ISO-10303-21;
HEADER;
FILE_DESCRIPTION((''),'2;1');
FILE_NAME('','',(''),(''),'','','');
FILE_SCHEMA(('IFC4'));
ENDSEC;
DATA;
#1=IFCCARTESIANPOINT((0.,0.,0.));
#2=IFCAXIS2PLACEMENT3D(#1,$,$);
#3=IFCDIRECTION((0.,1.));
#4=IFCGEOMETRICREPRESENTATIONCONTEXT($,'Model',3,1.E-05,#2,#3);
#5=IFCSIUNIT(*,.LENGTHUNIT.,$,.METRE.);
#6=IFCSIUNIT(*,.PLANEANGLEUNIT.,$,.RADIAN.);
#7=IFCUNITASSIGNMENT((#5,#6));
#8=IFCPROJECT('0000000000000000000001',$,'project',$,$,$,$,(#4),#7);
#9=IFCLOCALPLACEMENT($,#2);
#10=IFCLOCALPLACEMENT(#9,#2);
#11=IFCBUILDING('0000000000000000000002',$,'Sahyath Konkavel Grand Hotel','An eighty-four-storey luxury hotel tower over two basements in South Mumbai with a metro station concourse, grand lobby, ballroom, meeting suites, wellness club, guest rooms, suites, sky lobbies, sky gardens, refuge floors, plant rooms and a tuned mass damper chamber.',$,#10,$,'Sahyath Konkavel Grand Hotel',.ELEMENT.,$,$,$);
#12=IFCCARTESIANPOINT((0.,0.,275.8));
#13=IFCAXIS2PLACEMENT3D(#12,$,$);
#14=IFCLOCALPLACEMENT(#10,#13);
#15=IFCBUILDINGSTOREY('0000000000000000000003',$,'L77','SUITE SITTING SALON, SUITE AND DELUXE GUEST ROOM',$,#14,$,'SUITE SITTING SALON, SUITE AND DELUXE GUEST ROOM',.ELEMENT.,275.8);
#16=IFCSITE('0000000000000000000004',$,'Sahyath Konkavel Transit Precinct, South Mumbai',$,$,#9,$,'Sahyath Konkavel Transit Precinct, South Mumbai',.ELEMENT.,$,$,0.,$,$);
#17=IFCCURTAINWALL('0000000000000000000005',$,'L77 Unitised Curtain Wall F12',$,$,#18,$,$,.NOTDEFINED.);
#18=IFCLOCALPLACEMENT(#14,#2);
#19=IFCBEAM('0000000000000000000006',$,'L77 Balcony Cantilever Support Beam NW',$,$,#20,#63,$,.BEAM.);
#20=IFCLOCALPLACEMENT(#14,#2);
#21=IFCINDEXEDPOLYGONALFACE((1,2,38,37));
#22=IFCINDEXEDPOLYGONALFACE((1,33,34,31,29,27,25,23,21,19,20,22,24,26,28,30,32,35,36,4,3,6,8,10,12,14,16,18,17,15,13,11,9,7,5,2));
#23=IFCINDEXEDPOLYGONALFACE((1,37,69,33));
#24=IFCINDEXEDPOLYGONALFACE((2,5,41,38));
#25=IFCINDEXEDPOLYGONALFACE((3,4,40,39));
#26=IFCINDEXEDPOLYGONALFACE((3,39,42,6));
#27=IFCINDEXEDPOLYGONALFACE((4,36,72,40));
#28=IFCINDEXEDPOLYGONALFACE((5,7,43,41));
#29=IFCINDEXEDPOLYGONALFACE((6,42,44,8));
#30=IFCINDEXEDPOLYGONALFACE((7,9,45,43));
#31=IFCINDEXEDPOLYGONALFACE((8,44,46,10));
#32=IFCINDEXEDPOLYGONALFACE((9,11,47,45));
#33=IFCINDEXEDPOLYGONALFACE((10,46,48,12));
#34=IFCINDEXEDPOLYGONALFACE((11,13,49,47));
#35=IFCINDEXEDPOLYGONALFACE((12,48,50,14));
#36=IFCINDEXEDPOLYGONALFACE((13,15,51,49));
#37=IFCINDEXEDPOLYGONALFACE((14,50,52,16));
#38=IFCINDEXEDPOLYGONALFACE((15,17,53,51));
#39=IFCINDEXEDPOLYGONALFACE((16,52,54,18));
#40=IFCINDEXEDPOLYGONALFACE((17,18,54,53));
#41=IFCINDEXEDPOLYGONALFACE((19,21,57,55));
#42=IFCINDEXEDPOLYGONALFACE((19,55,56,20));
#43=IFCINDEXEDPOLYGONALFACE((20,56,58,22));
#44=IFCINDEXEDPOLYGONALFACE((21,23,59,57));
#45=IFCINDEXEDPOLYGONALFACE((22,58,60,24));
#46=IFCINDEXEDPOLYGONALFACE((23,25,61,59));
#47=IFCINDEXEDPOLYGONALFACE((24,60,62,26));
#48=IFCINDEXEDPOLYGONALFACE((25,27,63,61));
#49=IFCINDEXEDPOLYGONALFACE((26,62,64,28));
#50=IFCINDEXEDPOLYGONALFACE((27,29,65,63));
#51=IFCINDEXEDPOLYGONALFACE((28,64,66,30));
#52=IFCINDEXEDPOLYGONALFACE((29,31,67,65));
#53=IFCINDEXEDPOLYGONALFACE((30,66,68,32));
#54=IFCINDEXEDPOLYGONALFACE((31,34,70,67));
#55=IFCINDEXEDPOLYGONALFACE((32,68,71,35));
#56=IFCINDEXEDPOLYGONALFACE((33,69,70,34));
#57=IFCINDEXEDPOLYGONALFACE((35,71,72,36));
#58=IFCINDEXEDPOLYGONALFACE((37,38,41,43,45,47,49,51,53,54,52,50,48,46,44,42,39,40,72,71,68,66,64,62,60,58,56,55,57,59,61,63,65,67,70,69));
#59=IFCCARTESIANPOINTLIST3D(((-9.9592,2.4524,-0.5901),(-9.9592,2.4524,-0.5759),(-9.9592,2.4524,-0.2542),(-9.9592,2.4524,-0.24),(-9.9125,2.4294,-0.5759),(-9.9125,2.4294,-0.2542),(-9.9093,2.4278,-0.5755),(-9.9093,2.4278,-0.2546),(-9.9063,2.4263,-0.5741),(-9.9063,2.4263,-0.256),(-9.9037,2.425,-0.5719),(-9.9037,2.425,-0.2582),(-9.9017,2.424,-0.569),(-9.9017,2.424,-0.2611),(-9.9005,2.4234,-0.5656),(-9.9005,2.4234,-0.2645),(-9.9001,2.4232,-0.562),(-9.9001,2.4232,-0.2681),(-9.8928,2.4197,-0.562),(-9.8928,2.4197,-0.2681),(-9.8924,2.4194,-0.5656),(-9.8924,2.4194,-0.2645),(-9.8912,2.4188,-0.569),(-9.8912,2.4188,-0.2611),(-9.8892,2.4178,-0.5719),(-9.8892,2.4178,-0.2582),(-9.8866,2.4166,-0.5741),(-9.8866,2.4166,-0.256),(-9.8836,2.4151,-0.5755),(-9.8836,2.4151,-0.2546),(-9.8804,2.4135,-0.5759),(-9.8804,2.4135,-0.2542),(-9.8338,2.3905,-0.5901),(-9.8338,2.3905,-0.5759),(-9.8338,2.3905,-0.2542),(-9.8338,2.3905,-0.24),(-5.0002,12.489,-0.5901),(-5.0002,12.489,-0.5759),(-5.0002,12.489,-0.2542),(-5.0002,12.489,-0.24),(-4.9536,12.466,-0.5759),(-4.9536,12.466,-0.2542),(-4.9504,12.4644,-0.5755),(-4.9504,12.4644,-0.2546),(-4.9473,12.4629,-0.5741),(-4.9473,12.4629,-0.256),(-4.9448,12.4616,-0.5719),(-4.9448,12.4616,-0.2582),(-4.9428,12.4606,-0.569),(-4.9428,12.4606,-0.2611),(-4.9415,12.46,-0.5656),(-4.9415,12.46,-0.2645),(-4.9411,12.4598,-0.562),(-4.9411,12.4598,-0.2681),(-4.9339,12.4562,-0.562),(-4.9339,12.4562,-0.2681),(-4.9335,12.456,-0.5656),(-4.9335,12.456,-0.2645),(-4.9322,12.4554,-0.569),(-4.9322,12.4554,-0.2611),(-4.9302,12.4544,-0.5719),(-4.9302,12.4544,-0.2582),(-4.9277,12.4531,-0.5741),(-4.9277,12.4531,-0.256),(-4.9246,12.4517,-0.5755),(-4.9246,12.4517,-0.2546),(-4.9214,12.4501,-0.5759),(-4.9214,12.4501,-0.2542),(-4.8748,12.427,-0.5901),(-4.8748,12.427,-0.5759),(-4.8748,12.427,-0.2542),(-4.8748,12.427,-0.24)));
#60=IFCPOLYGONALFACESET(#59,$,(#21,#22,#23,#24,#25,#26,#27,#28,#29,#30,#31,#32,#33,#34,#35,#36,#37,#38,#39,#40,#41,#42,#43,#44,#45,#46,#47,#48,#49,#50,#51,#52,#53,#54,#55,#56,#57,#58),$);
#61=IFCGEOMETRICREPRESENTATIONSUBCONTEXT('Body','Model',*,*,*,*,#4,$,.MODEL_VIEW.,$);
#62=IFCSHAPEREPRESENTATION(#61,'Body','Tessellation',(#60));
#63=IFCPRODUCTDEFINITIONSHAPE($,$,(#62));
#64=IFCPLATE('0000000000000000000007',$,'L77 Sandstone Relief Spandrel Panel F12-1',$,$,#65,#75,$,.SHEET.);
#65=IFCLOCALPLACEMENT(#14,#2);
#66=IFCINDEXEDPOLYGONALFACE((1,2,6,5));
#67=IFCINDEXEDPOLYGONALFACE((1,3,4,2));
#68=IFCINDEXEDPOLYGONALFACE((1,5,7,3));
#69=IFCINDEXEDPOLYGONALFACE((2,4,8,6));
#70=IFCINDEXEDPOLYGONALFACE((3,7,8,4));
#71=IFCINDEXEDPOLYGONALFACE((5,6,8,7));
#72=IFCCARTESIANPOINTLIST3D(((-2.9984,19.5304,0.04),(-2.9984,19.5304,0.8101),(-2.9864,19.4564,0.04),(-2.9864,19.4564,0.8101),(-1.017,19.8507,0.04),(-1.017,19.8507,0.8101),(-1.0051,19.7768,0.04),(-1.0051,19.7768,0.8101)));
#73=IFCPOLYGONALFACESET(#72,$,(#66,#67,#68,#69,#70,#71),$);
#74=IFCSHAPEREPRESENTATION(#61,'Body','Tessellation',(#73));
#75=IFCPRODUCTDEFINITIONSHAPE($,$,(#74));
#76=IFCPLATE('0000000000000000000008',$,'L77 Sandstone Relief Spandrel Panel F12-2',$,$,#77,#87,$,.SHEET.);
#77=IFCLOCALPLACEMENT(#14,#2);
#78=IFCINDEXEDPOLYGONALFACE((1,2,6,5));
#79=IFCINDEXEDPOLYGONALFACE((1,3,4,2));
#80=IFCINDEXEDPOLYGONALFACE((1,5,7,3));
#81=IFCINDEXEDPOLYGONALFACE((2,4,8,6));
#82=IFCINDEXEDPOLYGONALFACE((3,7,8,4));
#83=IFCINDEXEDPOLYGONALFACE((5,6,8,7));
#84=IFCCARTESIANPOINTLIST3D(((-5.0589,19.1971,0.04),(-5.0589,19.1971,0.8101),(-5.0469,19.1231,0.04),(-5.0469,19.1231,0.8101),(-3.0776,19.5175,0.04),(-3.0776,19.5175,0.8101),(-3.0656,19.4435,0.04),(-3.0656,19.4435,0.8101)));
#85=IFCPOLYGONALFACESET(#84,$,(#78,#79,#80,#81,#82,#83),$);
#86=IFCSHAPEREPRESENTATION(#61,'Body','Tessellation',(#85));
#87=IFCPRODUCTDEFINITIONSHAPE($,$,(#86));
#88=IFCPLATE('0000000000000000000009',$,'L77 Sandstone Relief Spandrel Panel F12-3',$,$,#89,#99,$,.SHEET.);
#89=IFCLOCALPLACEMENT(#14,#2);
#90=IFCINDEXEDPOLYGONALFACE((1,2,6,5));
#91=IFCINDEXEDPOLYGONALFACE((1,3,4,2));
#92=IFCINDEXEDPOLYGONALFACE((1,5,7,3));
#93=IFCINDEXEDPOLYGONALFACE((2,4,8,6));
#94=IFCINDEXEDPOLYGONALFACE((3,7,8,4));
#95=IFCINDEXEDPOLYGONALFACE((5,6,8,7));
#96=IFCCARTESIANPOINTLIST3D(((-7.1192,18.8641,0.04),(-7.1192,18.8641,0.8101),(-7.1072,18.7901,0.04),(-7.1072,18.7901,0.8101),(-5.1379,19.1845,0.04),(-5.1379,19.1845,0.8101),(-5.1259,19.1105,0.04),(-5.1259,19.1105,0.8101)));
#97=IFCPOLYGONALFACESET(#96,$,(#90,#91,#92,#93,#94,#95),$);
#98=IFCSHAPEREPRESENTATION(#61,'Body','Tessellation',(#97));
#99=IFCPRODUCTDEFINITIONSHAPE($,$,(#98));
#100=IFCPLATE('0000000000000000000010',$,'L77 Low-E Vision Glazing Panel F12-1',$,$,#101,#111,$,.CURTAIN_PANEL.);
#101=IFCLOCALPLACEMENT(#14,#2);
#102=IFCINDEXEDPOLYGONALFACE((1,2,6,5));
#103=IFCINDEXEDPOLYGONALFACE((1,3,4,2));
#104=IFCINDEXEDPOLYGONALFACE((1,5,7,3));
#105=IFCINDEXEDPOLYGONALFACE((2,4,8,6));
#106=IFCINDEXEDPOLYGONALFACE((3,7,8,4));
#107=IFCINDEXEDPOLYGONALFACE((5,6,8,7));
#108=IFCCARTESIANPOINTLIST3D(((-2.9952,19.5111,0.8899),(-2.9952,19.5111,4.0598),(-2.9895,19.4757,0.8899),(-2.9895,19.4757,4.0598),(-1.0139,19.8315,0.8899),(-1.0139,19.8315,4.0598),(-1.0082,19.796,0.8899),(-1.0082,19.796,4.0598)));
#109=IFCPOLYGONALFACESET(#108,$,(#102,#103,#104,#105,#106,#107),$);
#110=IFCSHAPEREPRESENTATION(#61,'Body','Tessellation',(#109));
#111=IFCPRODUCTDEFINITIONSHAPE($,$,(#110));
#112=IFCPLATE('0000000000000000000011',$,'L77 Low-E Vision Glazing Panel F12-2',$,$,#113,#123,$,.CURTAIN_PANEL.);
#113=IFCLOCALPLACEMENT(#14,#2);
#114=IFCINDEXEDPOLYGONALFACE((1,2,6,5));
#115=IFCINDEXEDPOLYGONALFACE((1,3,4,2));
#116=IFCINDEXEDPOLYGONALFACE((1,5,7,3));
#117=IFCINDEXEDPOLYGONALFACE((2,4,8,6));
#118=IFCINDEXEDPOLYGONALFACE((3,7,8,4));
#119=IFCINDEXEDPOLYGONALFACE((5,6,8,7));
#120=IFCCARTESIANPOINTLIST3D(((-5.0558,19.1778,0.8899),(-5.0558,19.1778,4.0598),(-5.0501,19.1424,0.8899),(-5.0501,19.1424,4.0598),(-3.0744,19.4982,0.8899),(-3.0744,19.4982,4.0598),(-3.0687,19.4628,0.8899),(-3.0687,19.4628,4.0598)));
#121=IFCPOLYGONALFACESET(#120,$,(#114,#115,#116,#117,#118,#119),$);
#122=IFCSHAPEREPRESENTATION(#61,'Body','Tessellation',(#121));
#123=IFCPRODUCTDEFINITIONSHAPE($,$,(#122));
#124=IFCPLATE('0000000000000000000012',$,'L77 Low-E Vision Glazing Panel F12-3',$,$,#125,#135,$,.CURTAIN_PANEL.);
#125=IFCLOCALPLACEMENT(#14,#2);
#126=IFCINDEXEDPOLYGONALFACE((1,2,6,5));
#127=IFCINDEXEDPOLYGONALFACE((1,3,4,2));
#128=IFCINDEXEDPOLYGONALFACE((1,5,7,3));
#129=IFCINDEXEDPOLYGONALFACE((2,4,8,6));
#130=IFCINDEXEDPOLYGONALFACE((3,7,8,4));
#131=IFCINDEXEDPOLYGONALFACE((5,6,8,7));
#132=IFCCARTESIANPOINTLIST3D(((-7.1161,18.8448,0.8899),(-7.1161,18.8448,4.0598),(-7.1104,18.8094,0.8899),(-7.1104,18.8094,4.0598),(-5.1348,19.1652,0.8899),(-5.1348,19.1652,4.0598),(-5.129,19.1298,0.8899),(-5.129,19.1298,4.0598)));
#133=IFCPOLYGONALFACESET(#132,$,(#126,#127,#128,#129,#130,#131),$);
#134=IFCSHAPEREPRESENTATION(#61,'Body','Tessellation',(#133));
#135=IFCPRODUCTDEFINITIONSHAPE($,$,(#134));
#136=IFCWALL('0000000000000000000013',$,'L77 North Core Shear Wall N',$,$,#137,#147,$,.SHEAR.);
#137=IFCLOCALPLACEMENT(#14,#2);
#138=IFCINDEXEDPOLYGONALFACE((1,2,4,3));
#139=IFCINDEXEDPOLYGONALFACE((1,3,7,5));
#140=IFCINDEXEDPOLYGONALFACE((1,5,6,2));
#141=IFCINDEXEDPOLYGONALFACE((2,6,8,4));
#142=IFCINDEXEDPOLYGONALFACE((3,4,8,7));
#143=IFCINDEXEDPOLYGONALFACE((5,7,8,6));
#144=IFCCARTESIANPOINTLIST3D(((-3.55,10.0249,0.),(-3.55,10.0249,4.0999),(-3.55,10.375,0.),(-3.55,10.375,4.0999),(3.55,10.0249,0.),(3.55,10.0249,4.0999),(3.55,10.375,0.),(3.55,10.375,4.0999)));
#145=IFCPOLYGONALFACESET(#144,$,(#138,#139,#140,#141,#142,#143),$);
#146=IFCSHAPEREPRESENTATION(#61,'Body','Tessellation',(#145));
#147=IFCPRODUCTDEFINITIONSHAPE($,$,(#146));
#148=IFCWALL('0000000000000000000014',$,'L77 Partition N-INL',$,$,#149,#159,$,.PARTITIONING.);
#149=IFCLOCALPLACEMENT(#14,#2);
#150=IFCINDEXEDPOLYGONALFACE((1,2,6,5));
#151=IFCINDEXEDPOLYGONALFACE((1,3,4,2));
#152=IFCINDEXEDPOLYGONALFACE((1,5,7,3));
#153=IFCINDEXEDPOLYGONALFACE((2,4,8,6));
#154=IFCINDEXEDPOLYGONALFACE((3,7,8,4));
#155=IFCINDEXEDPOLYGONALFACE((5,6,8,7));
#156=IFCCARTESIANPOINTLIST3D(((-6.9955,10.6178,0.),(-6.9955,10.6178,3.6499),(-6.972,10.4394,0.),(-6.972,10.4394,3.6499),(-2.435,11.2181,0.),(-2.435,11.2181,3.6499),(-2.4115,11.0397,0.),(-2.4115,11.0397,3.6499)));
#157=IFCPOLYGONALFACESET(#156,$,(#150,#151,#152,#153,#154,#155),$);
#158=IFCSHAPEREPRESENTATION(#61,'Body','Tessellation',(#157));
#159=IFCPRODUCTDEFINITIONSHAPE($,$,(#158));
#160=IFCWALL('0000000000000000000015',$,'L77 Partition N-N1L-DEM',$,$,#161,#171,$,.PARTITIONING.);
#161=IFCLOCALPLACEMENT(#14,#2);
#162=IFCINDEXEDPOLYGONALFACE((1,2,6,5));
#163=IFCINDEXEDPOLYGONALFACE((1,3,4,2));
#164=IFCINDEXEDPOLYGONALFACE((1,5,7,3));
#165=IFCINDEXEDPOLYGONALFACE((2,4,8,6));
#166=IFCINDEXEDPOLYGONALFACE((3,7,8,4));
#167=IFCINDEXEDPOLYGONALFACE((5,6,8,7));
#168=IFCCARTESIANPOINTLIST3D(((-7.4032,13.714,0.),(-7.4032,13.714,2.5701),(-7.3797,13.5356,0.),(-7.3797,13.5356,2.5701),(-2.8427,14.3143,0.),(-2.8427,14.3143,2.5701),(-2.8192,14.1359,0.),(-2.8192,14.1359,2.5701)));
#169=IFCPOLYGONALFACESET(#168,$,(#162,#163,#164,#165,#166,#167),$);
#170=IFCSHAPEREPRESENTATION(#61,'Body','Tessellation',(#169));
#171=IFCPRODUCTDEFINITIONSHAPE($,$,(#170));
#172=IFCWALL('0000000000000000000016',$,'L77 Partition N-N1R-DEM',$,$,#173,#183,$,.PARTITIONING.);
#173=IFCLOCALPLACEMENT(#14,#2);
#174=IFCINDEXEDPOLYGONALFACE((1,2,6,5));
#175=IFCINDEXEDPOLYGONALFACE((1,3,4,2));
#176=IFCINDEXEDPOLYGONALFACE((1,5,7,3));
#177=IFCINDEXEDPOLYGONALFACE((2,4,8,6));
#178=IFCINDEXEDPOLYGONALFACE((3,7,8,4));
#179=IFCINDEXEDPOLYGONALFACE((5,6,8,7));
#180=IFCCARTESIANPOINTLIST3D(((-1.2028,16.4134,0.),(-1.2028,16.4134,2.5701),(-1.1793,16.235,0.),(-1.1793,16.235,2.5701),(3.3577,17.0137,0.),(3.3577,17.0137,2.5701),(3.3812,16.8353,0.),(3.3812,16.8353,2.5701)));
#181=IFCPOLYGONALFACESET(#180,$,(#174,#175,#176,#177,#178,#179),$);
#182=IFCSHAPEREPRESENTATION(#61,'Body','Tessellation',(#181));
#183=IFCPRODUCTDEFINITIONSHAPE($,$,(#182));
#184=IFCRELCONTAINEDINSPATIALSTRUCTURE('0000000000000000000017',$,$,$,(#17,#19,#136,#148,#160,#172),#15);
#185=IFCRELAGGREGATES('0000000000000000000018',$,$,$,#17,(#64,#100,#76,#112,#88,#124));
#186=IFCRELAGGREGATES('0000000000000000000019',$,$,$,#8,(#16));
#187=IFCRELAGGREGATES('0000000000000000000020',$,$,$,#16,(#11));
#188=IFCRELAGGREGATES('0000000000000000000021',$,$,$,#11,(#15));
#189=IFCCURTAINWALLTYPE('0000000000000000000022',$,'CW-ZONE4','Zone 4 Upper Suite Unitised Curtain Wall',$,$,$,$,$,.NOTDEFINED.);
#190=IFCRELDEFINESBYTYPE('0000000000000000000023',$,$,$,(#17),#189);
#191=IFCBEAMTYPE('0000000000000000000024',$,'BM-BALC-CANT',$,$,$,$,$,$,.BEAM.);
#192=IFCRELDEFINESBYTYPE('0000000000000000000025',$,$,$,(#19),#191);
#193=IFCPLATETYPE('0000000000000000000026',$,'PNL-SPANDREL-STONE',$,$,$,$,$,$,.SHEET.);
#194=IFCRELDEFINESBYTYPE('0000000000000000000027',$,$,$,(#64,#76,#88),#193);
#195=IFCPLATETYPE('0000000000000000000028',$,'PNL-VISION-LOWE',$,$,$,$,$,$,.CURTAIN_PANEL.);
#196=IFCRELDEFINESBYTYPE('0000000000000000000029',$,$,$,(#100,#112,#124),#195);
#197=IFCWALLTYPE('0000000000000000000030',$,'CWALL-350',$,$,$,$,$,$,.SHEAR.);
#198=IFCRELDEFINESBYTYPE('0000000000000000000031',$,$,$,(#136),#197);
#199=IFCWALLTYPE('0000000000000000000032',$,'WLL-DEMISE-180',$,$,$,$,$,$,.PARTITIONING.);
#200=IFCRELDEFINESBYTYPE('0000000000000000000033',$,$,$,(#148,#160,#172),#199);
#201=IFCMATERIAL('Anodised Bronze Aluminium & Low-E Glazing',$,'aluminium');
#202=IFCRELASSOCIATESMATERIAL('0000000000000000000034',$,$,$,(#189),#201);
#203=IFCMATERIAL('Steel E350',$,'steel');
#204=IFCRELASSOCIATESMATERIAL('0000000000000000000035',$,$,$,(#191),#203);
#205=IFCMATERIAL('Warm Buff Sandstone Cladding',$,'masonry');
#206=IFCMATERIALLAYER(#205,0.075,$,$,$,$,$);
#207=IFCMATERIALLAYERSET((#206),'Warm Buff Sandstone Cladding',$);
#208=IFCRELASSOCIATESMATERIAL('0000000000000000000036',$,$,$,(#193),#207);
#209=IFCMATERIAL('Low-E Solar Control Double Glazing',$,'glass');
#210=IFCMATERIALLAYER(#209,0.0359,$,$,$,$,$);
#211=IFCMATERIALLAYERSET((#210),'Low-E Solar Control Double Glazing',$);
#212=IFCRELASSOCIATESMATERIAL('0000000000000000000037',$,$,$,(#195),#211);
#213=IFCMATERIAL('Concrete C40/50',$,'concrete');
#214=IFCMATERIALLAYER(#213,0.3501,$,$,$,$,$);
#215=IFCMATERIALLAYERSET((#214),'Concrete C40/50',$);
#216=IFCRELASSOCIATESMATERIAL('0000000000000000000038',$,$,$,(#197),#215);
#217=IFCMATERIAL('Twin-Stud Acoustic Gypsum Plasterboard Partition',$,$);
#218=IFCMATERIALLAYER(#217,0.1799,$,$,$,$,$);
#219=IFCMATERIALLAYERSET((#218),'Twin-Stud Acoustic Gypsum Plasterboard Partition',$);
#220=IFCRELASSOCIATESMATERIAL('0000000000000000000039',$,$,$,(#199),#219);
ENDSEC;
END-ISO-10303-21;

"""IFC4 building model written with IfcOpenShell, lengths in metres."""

from ifc_helpers import new_model, si_unit, direction, frame, frame_2d, origin, origin_2d, place, context, subcontext, project, spatial, rectangle, i_section, extrude, source, transform, mapped, material, layer, layer_set, material_profile, profile_set, type_object, element, aggregate, save


model = new_model("IFC4")

# Units and contexts
model_context = context("Model", 3, precision=1e-05, world=origin(), true_north=direction((0.0, 1.0)))
body_context = subcontext(model_context, "Body", "Model", "MODEL_VIEW")
ifc_project = project(units=[si_unit("LENGTHUNIT", "METRE"), si_unit("PLANEANGLEUNIT", "RADIAN")], contexts=[model_context])

# Site, building, storey
site_placement = place(None, origin())
site = spatial("IfcSite", under=ifc_project, at=site_placement, Name="Sahyath Konkavel Transit Precinct, South Mumbai", LongName="Sahyath Konkavel Transit Precinct, South Mumbai", CompositionType="ELEMENT", RefElevation=0.0)
building_placement = place(site_placement, origin())
building = spatial("IfcBuilding", under=site, at=building_placement, Name="Sahyath Konkavel Grand Hotel", Description="An eighty-four-storey luxury hotel tower over two basements in South Mumbai with a metro station concourse, grand lobby, ballroom, meeting suites, wellness club, guest rooms, suites, sky lobbies, sky gardens, refuge floors, plant rooms and a tuned mass damper chamber.", LongName="Sahyath Konkavel Grand Hotel", CompositionType="ELEMENT")
storey_placement = place(building_placement, frame((0.0, 0.0, 275.8)))
storey = spatial("IfcBuildingStorey", under=building, at=storey_placement, Name="L77", Description="SUITE SITTING SALON, SUITE AND DELUXE GUEST ROOM", LongName="SUITE SITTING SALON, SUITE AND DELUXE GUEST ROOM", CompositionType="ELEMENT", Elevation=275.8)

# Curtain wall
ifc_material_1 = material(Name="Anodised Bronze Aluminium & Low-E Glazing", Category="aluminium")
curtain_wall_type = type_object("IfcCurtainWallType", Name="CW-ZONE4", Description="Zone 4 Upper Suite Unitised Curtain Wall", PredefinedType="NOTDEFINED", material=ifc_material_1)
curtain_wall_placement = place(storey_placement, origin())
curtain_wall = element("IfcCurtainWall", 1, at=curtain_wall_placement, inside=storey, type_object=curtain_wall_type, Name="L77 Unitised Curtain Wall F12", PredefinedType="NOTDEFINED")

# Beam
ifc_material_2 = material(Name="Steel E350", Category="steel")
ifc_material_profile_1 = material_profile(ifc_material_2, i_section(OverallWidth=0.1399, OverallDepth=0.3501, WebThickness=0.0081, FlangeThickness=0.0142, FilletRadius=0.0139, at=origin_2d()), Name="ISMB 350")
ifc_profile_set_1 = profile_set([ifc_material_profile_1], Name="Steel E350")
beam_type_1 = type_object("IfcBeamType", Name="BM-BALC-CANT", PredefinedType="BEAM", material=ifc_profile_set_1)
shared_shape_1 = source(origin(), body_context, "Body", "SweptSolid", [
    extrude(i_section(OverallWidth=0.1399, OverallDepth=0.3501, WebThickness=0.0081, FlangeThickness=0.0142, FilletRadius=0.0139, at=origin_2d()), origin(), (0.0, 0.0, 1.0), 11.1948),
])
beam_1_placement = place(storey_placement, frame((-4.9375, 12.458, -0.415), z_axis=(-0.442969, -0.896537, 0.0), x_axis=(0.896537, -0.442969, 0.0)))
element("IfcBeam", 2, at=beam_1_placement, inside=storey, type_object=beam_type_1, Name="L77 Balcony Cantilever Support Beam NW", PredefinedType="BEAM", context=body_context, shape_type="MappedRepresentation", body=[
    mapped(shared_shape_1, transform((0.0, 0.0, 0.0), scale=1.0)),
])

# Plates
ifc_material_3 = material(Name="Warm Buff Sandstone Cladding", Category="masonry")
ifc_layer_1 = layer(ifc_material_3, 0.075)
ifc_layer_set_1 = layer_set([ifc_layer_1], Name="Warm Buff Sandstone Cladding")
plate_type_1 = type_object("IfcPlateType", Name="PNL-SPANDREL-STONE", PredefinedType="SHEET", material=ifc_layer_set_1)
shared_shape_2 = source(origin(), body_context, "Body", "SweptSolid", [
    extrude(rectangle(XDim=2.0071, YDim=0.075, at=origin_2d()), origin(), (0.0, 0.0, 1.0), 0.77),
])
plate_1_placement = place(storey_placement, frame((-2.0017, 19.6536, 0.04), z_axis=(0.0, 0.0, 1.0), x_axis=(-0.987178, -0.159623, 0.0)))
plate_1 = element("IfcPlate", 3, at=plate_1_placement, type_object=plate_type_1, Name="L77 Sandstone Relief Spandrel Panel F12-1", PredefinedType="SHEET", context=body_context, shape_type="MappedRepresentation", body=[
    mapped(shared_shape_2, transform((0.0, 0.0, 0.0), scale=1.0)),
])
plate_2_placement = place(storey_placement, frame((-4.0623, 19.3203, 0.04), z_axis=(0.0, 0.0, 1.0), x_axis=(-0.987178, -0.159623, 0.0)))
plate_2 = element("IfcPlate", 4, at=plate_2_placement, type_object=plate_type_1, Name="L77 Sandstone Relief Spandrel Panel F12-2", PredefinedType="SHEET", context=body_context, shape_type="MappedRepresentation", body=[
    mapped(shared_shape_2, transform((0.0, 0.0, 0.0), scale=1.0)),
])
plate_3_placement = place(storey_placement, frame((-6.1226, 18.9873, 0.04), z_axis=(0.0, 0.0, 1.0), x_axis=(-0.987178, -0.159623, 0.0)))
plate_3 = element("IfcPlate", 5, at=plate_3_placement, type_object=plate_type_1, Name="L77 Sandstone Relief Spandrel Panel F12-3", PredefinedType="SHEET", context=body_context, shape_type="MappedRepresentation", body=[
    mapped(shared_shape_2, transform((0.0, 0.0, 0.0), scale=1.0)),
])
ifc_material_4 = material(Name="Low-E Solar Control Double Glazing", Category="glass")
ifc_layer_2 = layer(ifc_material_4, 0.0359)
ifc_layer_set_2 = layer_set([ifc_layer_2], Name="Low-E Solar Control Double Glazing")
plate_type_2 = type_object("IfcPlateType", Name="PNL-VISION-LOWE", PredefinedType="CURTAIN_PANEL", material=ifc_layer_set_2)
shared_shape_3 = source(origin(), body_context, "Body", "SweptSolid", [
    extrude(rectangle(XDim=2.0071, YDim=0.0359, at=origin_2d()), origin(), (0.0, 0.0, 1.0), 3.1699),
])
plate_4_placement = place(storey_placement, frame((-2.0017, 19.6536, 0.8899), z_axis=(0.0, 0.0, 1.0), x_axis=(-0.987178, -0.159623, 0.0)))
plate_4 = element("IfcPlate", 6, at=plate_4_placement, type_object=plate_type_2, Name="L77 Low-E Vision Glazing Panel F12-1", PredefinedType="CURTAIN_PANEL", context=body_context, shape_type="MappedRepresentation", body=[
    mapped(shared_shape_3, transform((0.0, 0.0, 0.0), scale=1.0)),
])
plate_5_placement = place(storey_placement, frame((-4.0623, 19.3203, 0.8899), z_axis=(0.0, 0.0, 1.0), x_axis=(-0.987178, -0.159623, 0.0)))
plate_5 = element("IfcPlate", 7, at=plate_5_placement, type_object=plate_type_2, Name="L77 Low-E Vision Glazing Panel F12-2", PredefinedType="CURTAIN_PANEL", context=body_context, shape_type="MappedRepresentation", body=[
    mapped(shared_shape_3, transform((0.0, 0.0, 0.0), scale=1.0)),
])
plate_6_placement = place(storey_placement, frame((-6.1226, 18.9873, 0.8899), z_axis=(0.0, 0.0, 1.0), x_axis=(-0.987178, -0.159623, 0.0)))
plate_6 = element("IfcPlate", 8, at=plate_6_placement, type_object=plate_type_2, Name="L77 Low-E Vision Glazing Panel F12-3", PredefinedType="CURTAIN_PANEL", context=body_context, shape_type="MappedRepresentation", body=[
    mapped(shared_shape_3, transform((0.0, 0.0, 0.0), scale=1.0)),
])
aggregate(curtain_wall, [plate_1, plate_4, plate_2, plate_5, plate_3, plate_6])

# Walls
ifc_material_5 = material(Name="Concrete C40/50", Category="concrete")
ifc_layer_3 = layer(ifc_material_5, 0.3501)
ifc_layer_set_3 = layer_set([ifc_layer_3], Name="Concrete C40/50")
wall_type_1 = type_object("IfcWallType", Name="CWALL-350", PredefinedType="SHEAR", material=ifc_layer_set_3)
wall_1_placement = place(storey_placement, frame((-3.55, 10.2, 0.0), z_axis=(0.0, 0.0, 1.0), x_axis=(1.0, 0.0, 0.0)))
element("IfcWall", 9, at=wall_1_placement, inside=storey, type_object=wall_type_1, Name="L77 North Core Shear Wall N", PredefinedType="SHEAR", context=body_context, shape_type="SweptSolid", body=[
    extrude(rectangle(XDim=7.1001, YDim=0.3501, at=frame_2d((3.55, 0.0))), origin(), (0.0, 0.0, 1.0), 4.0999),
])
ifc_material_6 = material(Name="Twin-Stud Acoustic Gypsum Plasterboard Partition")
ifc_layer_4 = layer(ifc_material_6, 0.1799)
ifc_layer_set_4 = layer_set([ifc_layer_4], Name="Twin-Stud Acoustic Gypsum Plasterboard Partition")
wall_type_2 = type_object("IfcWallType", Name="WLL-DEMISE-180", PredefinedType="PARTITIONING", material=ifc_layer_set_4)
wall_2_placement = place(storey_placement, frame((-2.4233, 11.1289, 0.0), z_axis=(0.0, 0.0, 1.0), x_axis=(-0.991447, -0.130512, 0.0)))
element("IfcWall", 10, at=wall_2_placement, inside=storey, type_object=wall_type_2, Name="L77 Partition N-INL", PredefinedType="PARTITIONING", context=body_context, shape_type="SweptSolid", body=[
    extrude(rectangle(XDim=4.5999, YDim=0.1799, at=frame_2d((2.2998, 0.0))), origin(), (0.0, 0.0, 1.0), 3.6499),
])
for number, where, z_axis, x_axis, name in (
    (11, (-2.8311, 14.2251, 0.0), (0.0, 0.0, 1.0), (-0.991447, -0.130512, 0.0), "L77 Partition N-N1L-DEM"),
    (12, (-1.1909, 16.3242, 0.0), (0.0, 0.0, 1.0), (0.991447, 0.130512, 0.0), "L77 Partition N-N1R-DEM"),
):
    element("IfcWall", number, at=place(storey_placement, frame(where, z_axis=z_axis, x_axis=x_axis)), inside=storey, type_object=wall_type_2, Name=name, PredefinedType="PARTITIONING", context=body_context, shape_type="SweptSolid", body=[
        extrude(rectangle(XDim=4.5999, YDim=0.1799, at=frame_2d((2.2998, 0.0))), origin(), (0.0, 0.0, 1.0), 2.5701),
    ])

save(model, "model.ifc")
